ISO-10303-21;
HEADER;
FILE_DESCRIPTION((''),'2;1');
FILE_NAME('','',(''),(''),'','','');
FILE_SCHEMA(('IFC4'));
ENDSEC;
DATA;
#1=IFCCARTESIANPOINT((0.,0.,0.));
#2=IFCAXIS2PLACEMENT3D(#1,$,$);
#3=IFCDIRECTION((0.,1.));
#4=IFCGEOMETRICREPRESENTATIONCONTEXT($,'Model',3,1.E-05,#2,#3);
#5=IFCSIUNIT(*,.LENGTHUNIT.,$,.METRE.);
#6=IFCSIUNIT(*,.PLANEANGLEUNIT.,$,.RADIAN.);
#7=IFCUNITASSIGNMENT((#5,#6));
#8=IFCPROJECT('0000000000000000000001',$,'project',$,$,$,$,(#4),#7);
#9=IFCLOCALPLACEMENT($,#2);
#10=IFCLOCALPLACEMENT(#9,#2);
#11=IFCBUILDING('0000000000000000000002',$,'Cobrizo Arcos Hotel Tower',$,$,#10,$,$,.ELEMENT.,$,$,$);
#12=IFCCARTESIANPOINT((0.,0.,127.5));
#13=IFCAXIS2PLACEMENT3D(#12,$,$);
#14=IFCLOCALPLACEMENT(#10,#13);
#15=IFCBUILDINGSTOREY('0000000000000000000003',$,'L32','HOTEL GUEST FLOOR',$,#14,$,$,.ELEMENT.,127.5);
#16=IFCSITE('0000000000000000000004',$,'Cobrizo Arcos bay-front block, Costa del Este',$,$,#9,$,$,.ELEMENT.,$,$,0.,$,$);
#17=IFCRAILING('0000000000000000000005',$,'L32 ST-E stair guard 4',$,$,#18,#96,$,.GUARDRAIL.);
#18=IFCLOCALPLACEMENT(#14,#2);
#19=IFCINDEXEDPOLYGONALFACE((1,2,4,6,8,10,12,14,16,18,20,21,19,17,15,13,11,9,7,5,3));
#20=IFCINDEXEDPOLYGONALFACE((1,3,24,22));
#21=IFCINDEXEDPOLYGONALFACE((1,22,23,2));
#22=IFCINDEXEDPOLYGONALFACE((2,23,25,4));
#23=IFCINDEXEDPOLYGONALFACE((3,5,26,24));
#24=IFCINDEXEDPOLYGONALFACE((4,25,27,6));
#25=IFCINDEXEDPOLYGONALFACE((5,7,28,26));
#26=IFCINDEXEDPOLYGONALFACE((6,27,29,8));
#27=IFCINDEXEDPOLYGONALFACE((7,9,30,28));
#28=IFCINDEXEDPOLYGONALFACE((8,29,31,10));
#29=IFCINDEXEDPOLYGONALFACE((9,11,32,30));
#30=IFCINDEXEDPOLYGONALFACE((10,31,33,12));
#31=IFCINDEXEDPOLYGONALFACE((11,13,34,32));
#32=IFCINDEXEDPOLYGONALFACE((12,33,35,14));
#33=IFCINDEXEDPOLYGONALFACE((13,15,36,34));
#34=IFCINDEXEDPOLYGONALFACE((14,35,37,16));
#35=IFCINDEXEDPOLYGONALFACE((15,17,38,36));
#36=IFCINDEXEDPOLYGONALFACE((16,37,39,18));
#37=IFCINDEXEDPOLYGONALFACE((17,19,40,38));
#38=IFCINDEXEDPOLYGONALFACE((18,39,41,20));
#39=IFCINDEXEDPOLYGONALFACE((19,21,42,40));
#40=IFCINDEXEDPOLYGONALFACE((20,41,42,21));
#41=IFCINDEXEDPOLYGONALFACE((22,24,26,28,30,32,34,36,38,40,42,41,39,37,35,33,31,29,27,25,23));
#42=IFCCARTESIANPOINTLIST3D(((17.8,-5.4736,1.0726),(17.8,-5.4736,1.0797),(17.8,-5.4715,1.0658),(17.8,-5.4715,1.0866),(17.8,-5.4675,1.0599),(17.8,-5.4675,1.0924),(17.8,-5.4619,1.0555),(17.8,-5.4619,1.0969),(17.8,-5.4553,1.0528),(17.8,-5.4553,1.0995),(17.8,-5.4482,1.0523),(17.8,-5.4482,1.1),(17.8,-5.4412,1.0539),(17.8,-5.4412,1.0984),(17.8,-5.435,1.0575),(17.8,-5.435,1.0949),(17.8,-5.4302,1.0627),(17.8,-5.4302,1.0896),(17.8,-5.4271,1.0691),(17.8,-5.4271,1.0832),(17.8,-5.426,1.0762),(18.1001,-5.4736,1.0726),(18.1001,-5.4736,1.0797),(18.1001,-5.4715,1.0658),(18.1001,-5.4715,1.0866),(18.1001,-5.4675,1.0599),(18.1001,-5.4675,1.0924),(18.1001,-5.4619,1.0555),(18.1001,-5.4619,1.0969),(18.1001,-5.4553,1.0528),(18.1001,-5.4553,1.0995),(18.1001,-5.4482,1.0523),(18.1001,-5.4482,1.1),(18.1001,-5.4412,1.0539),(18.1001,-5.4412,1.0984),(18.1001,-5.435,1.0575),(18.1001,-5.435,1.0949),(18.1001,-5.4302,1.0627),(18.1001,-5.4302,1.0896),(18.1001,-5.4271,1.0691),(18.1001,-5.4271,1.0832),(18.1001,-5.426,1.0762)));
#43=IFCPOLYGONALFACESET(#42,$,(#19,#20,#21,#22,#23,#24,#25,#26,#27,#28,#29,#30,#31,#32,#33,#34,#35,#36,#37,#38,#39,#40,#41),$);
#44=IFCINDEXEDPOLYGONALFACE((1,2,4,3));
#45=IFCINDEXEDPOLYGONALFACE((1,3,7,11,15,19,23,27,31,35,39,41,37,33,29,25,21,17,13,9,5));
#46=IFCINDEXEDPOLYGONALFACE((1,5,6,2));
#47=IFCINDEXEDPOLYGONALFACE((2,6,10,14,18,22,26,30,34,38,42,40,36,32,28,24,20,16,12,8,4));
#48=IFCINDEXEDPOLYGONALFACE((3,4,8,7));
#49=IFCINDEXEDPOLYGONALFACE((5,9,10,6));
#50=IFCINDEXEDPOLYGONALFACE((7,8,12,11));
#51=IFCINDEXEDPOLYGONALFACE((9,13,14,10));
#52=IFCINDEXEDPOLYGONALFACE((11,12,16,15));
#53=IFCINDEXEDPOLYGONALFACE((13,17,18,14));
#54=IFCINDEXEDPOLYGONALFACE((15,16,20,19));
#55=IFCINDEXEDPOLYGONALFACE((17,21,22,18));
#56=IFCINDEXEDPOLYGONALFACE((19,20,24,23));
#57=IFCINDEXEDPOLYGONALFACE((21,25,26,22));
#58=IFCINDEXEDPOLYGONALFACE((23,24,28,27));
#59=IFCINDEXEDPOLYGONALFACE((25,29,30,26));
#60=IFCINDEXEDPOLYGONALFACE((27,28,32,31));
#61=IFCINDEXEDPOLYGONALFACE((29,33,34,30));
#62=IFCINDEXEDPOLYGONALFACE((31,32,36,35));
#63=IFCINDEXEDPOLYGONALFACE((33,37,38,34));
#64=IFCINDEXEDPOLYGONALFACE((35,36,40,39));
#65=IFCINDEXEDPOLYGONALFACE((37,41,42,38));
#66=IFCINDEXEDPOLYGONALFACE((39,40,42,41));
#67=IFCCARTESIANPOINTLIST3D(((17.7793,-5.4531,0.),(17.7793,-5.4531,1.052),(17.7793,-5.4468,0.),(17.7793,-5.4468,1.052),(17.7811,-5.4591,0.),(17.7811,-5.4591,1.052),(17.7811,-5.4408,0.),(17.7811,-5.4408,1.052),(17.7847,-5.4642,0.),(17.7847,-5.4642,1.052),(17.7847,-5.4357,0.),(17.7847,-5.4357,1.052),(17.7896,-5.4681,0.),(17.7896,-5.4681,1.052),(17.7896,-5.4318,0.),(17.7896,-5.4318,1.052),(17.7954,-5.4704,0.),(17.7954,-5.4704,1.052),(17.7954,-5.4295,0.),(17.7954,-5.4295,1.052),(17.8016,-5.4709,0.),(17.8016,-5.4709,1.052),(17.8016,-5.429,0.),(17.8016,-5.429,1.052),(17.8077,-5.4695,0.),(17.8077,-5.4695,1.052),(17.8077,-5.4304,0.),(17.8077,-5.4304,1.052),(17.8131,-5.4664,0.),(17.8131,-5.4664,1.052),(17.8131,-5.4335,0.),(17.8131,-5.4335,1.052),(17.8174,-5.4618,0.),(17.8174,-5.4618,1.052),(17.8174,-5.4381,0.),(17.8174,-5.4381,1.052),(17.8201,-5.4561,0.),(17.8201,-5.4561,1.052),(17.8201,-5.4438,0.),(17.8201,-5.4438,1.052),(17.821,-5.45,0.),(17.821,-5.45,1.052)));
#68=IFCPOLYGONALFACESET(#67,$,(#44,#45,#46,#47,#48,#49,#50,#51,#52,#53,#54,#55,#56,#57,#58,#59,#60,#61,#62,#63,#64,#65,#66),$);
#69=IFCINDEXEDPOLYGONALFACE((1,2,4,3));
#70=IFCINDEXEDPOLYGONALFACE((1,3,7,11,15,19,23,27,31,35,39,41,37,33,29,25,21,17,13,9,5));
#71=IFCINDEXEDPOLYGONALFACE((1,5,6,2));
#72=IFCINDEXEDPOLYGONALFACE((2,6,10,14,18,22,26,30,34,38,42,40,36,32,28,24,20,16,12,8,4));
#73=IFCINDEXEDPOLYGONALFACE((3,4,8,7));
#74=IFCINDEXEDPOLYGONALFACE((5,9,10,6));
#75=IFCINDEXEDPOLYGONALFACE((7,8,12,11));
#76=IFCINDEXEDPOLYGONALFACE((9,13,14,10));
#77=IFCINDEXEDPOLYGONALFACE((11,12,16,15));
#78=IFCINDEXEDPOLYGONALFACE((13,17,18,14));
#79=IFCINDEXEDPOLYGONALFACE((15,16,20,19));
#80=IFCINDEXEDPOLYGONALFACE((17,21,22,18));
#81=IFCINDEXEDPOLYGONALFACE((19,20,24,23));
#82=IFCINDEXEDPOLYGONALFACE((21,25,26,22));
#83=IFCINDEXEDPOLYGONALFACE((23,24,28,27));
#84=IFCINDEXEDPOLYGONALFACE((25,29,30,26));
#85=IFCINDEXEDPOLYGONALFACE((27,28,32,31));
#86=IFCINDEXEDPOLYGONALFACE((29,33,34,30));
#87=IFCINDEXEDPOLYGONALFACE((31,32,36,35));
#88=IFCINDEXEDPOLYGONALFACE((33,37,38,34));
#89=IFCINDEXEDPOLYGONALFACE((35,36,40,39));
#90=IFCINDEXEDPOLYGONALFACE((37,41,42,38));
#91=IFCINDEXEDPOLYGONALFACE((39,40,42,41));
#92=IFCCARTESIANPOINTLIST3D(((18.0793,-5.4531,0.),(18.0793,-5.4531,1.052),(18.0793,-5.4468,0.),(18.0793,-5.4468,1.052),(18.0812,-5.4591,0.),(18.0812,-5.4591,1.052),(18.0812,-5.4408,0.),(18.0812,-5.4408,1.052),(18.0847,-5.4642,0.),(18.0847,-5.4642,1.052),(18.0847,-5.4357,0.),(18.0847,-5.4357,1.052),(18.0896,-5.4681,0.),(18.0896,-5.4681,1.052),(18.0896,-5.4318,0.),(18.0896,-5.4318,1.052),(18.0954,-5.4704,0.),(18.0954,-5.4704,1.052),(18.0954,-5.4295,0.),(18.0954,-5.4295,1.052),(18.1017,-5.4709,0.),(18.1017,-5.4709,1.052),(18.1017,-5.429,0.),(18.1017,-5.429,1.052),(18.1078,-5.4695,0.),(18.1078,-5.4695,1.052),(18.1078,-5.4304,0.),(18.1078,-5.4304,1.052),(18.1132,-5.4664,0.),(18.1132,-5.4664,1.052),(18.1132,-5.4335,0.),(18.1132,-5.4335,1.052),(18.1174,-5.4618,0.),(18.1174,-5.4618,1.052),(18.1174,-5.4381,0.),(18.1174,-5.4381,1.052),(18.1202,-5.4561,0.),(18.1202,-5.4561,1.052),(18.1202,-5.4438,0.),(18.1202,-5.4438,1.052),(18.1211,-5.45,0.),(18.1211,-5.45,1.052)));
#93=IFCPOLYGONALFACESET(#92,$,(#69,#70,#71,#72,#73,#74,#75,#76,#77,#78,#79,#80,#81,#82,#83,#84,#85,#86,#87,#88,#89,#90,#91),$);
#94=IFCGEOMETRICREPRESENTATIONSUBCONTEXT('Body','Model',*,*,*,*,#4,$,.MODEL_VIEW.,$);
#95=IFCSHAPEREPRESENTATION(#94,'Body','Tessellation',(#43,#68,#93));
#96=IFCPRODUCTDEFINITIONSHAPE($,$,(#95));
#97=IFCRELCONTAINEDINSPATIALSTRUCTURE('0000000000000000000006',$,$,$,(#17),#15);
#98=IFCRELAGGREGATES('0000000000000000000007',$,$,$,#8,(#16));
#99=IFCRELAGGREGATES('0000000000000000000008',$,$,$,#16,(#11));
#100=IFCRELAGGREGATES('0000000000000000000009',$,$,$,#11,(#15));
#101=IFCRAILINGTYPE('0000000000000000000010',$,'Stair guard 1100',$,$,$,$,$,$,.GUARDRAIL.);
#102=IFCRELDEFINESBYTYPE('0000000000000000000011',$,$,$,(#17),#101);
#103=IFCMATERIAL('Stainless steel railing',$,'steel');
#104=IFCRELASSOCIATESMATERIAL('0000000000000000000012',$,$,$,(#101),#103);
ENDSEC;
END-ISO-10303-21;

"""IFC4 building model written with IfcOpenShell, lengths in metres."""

from ifc_helpers import new_model, si_unit, direction, frame, origin, origin_2d, place, context, subcontext, project, spatial, circle, extrude, material, type_object, element, save


model = new_model("IFC4")

# Units and contexts
model_context = context("Model", 3, precision=1e-05, world=origin(), true_north=direction((0.0, 1.0)))
body_context = subcontext(model_context, "Body", "Model", "MODEL_VIEW")
ifc_project = project(units=[si_unit("LENGTHUNIT", "METRE"), si_unit("PLANEANGLEUNIT", "RADIAN")], contexts=[model_context])

# Site, building, storey
site_placement = place(None, origin())
site = spatial("IfcSite", under=ifc_project, at=site_placement, Name="Cobrizo Arcos bay-front block, Costa del Este", CompositionType="ELEMENT", RefElevation=0.0)
building_placement = place(site_placement, origin())
building = spatial("IfcBuilding", under=site, at=building_placement, Name="Cobrizo Arcos Hotel Tower", CompositionType="ELEMENT")
storey_placement = place(building_placement, frame((0.0, 0.0, 127.5)))
storey = spatial("IfcBuildingStorey", under=building, at=storey_placement, Name="L32", Description="HOTEL GUEST FLOOR", CompositionType="ELEMENT", Elevation=127.5)

# Railing
ifc_material_1 = material(Name="Stainless steel railing", Category="steel")
railing_type_1 = type_object("IfcRailingType", Name="Stair guard 1100", PredefinedType="GUARDRAIL", material=ifc_material_1)
railing_1_placement = place(storey_placement, frame((17.8, -5.45, 0.0)))
element("IfcRailing", 1, at=railing_1_placement, inside=storey, type_object=railing_type_1, Name="L32 ST-E stair guard 4", PredefinedType="GUARDRAIL", context=body_context, shape_type="SweptSolid", body=[
    extrude(circle(Radius=0.0239, at=origin_2d()), frame((0.0, 0.0, 1.0762), z_axis=(1.0, 0.0, 0.0), x_axis=(0.0, 1.0, 0.0)), (0.0, 0.0, 1.0), 0.3),
    extrude(circle(Radius=0.021, at=origin_2d()), origin(), (0.0, 0.0, 1.0), 1.052),
    extrude(circle(Radius=0.021, at=origin_2d()), frame((0.3, 0.0, 0.0)), (0.0, 0.0, 1.0), 1.052),
])

save(model, "model.ifc")
